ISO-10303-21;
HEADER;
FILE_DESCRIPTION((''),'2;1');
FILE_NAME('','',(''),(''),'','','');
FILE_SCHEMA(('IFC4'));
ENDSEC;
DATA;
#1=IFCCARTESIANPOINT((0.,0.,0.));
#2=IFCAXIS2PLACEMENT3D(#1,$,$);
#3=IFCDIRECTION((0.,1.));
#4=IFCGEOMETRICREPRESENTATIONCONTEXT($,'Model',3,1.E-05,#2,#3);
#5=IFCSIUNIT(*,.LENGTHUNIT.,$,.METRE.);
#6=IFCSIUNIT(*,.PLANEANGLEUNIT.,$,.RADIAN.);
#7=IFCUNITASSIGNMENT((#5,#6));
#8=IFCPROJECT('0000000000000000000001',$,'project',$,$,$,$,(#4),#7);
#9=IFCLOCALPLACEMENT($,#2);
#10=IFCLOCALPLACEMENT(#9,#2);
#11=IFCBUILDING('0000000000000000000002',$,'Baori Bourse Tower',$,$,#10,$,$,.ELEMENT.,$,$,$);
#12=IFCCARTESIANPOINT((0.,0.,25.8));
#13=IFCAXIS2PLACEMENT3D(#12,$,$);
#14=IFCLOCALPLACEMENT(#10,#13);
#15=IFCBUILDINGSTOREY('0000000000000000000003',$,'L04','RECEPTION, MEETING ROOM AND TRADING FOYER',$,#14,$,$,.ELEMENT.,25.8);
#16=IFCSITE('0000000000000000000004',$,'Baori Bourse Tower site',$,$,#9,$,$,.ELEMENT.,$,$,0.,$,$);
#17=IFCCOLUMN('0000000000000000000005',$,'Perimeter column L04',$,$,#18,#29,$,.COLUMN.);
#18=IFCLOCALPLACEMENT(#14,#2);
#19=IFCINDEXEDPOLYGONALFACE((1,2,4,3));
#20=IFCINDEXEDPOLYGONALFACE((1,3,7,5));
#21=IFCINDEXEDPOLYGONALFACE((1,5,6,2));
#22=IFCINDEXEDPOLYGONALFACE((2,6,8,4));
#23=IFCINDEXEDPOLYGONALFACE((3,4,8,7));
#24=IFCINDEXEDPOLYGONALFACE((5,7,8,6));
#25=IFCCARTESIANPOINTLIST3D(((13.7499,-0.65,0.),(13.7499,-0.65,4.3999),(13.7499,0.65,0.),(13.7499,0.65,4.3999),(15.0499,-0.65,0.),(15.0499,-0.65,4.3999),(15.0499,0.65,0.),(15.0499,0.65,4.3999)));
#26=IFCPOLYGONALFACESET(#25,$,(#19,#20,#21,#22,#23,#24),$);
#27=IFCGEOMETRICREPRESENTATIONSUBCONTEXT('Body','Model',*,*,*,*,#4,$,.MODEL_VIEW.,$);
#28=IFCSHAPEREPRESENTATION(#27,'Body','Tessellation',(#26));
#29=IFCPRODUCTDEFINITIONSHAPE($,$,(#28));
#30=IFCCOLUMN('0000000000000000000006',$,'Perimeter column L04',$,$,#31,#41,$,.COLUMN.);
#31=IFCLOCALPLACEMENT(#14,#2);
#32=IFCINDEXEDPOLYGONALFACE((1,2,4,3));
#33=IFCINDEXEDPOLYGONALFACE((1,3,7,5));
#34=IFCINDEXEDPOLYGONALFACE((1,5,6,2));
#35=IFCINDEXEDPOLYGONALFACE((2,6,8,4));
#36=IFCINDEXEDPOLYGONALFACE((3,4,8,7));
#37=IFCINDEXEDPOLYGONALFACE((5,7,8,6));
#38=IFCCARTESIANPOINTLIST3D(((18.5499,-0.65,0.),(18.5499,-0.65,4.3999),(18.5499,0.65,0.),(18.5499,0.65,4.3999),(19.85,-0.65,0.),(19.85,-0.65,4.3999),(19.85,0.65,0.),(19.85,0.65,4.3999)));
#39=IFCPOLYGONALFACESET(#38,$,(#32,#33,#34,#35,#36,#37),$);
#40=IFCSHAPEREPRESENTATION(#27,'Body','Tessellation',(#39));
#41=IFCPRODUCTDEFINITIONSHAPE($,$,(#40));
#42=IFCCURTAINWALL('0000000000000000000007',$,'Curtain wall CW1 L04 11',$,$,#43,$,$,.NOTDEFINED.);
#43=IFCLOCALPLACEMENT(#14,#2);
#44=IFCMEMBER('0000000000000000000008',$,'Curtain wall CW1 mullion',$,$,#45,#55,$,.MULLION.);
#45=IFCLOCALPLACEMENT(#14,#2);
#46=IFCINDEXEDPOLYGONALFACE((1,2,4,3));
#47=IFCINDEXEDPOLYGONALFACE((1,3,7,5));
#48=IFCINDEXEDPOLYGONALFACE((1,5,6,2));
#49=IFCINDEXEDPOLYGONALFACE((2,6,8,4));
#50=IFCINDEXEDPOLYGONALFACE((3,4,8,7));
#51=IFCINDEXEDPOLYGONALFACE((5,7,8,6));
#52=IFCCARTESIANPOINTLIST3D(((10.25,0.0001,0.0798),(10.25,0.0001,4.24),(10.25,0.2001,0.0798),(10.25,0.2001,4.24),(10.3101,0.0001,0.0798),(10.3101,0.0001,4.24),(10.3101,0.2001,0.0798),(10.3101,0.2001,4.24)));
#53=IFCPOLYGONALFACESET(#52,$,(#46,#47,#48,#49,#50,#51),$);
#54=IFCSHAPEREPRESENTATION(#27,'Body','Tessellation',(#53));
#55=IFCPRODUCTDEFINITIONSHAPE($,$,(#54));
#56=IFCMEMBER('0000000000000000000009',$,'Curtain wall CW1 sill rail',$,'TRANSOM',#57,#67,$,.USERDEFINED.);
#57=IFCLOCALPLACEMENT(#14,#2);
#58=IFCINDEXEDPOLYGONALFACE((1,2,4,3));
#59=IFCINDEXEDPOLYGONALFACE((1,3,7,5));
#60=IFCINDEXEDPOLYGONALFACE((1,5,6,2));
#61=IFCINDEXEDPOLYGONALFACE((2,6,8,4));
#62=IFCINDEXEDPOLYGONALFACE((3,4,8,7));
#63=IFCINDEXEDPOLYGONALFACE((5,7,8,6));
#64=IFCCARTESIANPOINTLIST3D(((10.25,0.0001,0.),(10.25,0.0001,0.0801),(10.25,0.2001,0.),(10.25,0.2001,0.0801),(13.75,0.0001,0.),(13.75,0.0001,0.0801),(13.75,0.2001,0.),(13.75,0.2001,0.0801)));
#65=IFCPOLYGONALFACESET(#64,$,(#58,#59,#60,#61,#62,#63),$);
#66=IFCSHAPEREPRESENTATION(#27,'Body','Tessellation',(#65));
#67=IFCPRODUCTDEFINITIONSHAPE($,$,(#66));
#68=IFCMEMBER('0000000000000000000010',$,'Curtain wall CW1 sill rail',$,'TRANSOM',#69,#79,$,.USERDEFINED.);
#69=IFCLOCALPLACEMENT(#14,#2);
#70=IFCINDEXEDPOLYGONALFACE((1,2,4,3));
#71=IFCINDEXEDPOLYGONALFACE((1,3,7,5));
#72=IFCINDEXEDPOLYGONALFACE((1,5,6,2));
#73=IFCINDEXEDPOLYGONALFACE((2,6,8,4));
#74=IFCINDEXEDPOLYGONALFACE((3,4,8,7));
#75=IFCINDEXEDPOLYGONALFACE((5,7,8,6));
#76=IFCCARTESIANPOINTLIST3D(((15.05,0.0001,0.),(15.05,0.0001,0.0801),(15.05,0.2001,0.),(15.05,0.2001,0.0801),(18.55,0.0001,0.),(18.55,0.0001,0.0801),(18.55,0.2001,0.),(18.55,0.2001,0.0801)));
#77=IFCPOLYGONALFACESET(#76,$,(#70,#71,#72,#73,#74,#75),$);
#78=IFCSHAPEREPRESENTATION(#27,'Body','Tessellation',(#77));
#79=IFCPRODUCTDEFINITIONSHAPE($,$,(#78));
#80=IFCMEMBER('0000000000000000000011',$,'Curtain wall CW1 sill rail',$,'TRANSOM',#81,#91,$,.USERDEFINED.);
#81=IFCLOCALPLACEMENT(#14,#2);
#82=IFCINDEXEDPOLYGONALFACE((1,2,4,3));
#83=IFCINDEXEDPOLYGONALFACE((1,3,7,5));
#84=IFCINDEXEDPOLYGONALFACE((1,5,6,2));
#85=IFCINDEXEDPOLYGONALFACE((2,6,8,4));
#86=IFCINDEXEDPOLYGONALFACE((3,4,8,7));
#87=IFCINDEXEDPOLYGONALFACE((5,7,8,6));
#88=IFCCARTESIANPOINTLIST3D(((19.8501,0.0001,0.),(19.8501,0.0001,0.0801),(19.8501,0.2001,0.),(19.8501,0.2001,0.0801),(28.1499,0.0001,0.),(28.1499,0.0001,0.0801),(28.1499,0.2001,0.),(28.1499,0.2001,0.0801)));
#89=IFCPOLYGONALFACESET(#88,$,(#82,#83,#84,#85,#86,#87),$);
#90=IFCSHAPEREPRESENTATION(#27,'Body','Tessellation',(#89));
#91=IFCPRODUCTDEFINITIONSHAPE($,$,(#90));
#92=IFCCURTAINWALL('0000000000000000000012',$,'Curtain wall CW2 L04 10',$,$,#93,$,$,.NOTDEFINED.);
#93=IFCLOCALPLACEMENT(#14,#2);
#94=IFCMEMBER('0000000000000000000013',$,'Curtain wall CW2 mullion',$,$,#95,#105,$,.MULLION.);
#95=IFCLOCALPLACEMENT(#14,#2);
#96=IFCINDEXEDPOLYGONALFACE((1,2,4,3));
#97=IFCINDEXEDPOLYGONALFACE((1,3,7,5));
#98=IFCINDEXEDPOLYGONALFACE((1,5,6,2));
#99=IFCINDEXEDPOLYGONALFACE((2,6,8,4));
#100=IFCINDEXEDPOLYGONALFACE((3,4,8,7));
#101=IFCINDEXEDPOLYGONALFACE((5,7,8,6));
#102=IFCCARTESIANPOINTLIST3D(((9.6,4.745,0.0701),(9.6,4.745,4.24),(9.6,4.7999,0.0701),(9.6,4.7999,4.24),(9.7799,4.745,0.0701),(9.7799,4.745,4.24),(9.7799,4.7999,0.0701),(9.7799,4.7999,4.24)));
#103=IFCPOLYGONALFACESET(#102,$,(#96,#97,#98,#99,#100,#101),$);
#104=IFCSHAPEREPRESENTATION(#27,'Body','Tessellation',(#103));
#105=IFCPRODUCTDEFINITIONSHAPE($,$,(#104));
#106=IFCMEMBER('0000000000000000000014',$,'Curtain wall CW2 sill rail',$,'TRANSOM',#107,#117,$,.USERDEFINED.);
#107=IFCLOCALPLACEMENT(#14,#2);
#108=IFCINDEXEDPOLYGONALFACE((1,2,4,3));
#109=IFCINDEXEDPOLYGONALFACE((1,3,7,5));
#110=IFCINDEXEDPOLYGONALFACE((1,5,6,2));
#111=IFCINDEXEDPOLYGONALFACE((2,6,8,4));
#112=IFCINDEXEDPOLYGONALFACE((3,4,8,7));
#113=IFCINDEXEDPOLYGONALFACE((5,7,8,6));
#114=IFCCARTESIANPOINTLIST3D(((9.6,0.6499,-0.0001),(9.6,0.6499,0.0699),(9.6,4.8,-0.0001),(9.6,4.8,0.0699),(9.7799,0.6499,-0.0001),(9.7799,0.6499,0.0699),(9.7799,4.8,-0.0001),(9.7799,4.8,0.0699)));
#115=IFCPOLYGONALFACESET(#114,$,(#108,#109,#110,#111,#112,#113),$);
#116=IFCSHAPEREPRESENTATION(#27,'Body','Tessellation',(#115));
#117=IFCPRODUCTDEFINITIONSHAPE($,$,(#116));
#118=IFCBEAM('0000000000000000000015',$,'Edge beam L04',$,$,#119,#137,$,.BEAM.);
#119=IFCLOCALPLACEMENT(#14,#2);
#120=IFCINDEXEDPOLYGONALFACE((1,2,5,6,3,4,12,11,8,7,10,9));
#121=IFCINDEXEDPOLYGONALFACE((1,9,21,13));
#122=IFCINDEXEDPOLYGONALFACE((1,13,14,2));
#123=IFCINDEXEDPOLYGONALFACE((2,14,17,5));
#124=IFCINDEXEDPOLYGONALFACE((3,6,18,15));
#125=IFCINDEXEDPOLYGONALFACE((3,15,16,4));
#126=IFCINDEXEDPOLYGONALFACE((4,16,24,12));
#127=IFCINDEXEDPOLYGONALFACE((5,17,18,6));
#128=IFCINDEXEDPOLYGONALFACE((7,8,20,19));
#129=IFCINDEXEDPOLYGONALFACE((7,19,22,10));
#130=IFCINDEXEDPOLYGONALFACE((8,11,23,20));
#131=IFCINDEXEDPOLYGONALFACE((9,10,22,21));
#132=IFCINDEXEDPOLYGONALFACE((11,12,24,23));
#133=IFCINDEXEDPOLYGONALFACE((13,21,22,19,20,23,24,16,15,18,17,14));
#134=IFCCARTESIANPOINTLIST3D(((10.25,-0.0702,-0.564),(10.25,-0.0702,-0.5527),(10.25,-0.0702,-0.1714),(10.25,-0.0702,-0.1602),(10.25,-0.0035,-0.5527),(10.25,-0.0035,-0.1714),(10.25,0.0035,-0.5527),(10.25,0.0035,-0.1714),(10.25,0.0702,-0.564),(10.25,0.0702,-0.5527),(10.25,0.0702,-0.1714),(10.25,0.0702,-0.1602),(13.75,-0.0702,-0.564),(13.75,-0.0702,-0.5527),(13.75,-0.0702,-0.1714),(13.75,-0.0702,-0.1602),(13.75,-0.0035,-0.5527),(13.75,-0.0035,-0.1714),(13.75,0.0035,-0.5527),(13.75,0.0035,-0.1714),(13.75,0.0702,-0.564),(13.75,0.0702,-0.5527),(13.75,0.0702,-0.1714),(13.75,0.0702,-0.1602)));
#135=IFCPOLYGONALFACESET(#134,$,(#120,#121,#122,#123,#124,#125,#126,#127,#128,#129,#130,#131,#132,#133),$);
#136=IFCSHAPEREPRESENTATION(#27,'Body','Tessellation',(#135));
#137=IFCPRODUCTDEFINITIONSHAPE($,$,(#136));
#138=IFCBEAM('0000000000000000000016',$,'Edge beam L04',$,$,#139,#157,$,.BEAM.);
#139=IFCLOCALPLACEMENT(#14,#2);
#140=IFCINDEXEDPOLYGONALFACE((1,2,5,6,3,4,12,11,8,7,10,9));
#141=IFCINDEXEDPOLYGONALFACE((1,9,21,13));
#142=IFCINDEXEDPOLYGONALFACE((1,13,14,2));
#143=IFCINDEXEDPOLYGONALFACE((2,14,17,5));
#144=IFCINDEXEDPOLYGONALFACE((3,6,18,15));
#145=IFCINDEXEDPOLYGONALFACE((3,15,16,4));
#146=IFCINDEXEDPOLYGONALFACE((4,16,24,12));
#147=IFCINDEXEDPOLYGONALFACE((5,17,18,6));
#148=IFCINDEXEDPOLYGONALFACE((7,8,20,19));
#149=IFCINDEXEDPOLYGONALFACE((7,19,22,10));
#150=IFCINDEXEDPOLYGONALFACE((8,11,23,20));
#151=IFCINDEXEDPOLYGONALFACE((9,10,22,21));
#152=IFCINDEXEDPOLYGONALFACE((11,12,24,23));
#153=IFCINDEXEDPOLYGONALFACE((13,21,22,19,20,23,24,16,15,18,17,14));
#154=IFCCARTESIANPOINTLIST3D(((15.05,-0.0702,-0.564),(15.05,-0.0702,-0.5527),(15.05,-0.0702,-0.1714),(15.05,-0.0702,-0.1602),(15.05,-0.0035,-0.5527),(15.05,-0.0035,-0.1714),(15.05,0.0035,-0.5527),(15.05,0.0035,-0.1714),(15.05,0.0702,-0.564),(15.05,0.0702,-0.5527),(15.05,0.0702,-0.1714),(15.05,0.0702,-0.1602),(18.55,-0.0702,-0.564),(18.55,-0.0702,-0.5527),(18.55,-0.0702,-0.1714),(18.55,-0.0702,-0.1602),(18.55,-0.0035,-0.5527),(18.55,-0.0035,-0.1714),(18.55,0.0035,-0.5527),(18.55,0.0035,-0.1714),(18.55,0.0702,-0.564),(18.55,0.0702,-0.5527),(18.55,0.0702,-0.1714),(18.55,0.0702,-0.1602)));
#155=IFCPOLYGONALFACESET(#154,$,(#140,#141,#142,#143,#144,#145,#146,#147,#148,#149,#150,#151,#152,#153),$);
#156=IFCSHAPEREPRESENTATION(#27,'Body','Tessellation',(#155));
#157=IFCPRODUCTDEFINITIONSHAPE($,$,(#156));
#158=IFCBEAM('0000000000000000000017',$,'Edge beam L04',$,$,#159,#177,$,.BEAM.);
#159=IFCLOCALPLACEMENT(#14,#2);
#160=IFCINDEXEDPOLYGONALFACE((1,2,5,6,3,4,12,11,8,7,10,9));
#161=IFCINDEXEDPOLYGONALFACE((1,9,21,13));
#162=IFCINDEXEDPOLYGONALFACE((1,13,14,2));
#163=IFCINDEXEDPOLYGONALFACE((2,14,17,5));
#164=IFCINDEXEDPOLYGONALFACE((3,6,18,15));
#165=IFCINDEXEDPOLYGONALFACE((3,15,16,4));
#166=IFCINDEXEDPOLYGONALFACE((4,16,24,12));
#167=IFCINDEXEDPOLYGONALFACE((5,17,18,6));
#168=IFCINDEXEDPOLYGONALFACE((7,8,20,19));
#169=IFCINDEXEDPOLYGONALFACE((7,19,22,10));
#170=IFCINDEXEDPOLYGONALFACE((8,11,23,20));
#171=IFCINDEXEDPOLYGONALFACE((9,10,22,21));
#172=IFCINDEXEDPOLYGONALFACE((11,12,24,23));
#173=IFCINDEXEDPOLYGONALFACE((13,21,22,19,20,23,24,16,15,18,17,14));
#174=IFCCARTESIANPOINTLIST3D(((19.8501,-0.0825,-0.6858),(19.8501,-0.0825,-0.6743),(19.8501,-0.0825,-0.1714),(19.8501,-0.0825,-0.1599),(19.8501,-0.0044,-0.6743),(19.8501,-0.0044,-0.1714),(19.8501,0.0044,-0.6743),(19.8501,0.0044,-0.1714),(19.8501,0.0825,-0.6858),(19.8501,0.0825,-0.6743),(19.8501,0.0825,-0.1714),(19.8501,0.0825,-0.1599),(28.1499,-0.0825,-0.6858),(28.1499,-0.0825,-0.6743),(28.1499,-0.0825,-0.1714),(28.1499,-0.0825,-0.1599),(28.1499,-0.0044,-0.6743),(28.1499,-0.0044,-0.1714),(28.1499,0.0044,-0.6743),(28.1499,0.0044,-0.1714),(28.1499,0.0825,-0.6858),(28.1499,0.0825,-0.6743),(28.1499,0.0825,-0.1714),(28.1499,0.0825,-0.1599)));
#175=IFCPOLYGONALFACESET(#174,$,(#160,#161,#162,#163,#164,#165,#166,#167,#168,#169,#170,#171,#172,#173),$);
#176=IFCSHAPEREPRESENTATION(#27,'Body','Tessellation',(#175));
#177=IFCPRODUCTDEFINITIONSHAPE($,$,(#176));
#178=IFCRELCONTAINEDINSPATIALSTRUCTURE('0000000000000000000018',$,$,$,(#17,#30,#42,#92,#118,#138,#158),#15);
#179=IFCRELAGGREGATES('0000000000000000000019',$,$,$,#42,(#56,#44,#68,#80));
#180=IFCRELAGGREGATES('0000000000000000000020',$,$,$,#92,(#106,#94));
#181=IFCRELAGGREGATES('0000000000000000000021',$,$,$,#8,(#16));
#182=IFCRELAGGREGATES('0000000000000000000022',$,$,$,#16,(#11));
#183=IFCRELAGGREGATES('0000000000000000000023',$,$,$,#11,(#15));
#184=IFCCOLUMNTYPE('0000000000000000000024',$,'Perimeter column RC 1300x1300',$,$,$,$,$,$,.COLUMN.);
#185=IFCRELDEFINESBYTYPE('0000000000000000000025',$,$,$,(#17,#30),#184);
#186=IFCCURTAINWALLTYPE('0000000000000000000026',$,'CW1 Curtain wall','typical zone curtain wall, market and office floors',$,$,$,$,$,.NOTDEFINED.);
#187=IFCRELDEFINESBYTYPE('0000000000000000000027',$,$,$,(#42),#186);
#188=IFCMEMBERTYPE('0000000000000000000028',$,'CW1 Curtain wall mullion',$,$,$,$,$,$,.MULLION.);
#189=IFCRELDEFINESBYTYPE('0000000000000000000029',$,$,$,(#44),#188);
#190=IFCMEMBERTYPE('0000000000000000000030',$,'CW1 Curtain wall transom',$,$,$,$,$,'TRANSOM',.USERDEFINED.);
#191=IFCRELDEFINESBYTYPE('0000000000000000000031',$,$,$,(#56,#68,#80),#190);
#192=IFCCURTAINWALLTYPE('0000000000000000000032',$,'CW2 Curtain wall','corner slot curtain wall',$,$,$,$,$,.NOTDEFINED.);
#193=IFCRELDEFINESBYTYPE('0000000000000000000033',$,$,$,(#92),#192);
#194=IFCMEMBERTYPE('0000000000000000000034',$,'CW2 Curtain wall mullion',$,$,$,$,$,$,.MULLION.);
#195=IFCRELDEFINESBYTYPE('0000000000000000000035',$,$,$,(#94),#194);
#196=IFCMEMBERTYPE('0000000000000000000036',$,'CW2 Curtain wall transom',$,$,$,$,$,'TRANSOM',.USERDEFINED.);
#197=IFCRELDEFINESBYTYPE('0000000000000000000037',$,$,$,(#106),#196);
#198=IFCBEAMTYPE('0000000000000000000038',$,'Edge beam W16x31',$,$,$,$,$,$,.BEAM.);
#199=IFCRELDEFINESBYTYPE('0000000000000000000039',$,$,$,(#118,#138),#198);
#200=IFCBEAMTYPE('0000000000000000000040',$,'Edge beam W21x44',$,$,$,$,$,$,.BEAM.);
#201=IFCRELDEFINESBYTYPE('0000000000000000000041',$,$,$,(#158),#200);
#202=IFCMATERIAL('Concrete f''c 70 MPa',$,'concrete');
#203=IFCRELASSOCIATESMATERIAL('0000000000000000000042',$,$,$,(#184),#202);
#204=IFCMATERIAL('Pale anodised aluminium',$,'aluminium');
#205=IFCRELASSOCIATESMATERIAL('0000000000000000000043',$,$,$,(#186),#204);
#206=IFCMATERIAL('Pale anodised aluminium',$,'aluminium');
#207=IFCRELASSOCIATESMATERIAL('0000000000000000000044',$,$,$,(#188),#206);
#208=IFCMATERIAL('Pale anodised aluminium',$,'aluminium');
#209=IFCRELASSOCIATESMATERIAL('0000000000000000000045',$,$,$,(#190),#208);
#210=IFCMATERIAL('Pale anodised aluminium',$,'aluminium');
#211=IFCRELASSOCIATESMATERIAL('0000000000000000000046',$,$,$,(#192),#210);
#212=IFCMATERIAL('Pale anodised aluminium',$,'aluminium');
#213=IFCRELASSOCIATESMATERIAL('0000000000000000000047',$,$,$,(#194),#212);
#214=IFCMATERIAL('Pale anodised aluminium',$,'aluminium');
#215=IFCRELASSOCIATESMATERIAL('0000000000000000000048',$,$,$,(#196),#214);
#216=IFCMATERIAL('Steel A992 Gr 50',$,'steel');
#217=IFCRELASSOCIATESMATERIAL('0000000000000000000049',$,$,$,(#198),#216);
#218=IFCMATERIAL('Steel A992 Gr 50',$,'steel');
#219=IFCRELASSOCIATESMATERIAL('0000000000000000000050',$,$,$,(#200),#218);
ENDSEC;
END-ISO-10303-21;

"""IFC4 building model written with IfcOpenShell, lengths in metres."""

from ifc_helpers import new_model, si_unit, direction, frame, origin, origin_2d, place, context, subcontext, project, spatial, rectangle, i_section, extrude, material, material_profile, profile_set, type_object, element, aggregate, save


model = new_model("IFC4")

# Units and contexts
model_context = context("Model", 3, precision=1e-05, world=origin(), true_north=direction((0.0, 1.0)))
body_context = subcontext(model_context, "Body", "Model", "MODEL_VIEW")
ifc_project = project(units=[si_unit("LENGTHUNIT", "METRE"), si_unit("PLANEANGLEUNIT", "RADIAN")], contexts=[model_context])

# Site, building, storey
site_placement = place(None, origin())
site = spatial("IfcSite", under=ifc_project, at=site_placement, Name="Baori Bourse Tower site", CompositionType="ELEMENT", RefElevation=0.0)
building_placement = place(site_placement, origin())
building = spatial("IfcBuilding", under=site, at=building_placement, Name="Baori Bourse Tower", CompositionType="ELEMENT")
storey_placement = place(building_placement, frame((0.0, 0.0, 25.8)))
storey = spatial("IfcBuildingStorey", under=building, at=storey_placement, Name="L04", Description="RECEPTION, MEETING ROOM AND TRADING FOYER", CompositionType="ELEMENT", Elevation=25.8)

# Columns
ifc_material_1 = material(Name="Concrete f'c 70 MPa", Category="concrete")
ifc_material_profile_1 = material_profile(ifc_material_1, rectangle(XDim=1.3, YDim=1.3, at=origin_2d()), Name="RC 1300x1300")
ifc_profile_set_1 = profile_set([ifc_material_profile_1], Name="Concrete f'c 70 MPa")
column_type = type_object("IfcColumnType", Name="Perimeter column RC 1300x1300", PredefinedType="COLUMN", material=ifc_profile_set_1)
for number, where, z_axis, x_axis, name in (
    (1, (14.3999, 0.0, 0.0), (0.0, 0.0, 1.0), (1.0, 0.0, 0.0), "Perimeter column L04"),
    (2, (19.2, 0.0, 0.0), (0.0, 0.0, 1.0), (1.0, 0.0, 0.0), "Perimeter column L04"),
):
    element("IfcColumn", number, at=place(storey_placement, frame(where, z_axis=z_axis, x_axis=x_axis)), inside=storey, type_object=column_type, Name=name, PredefinedType="COLUMN", context=body_context, shape_type="SweptSolid", body=[
        extrude(rectangle(XDim=1.3, YDim=1.3, at=origin_2d()), origin(), (0.0, 0.0, 1.0), 4.3999),
    ])

# Curtain walls, members
ifc_material_2 = material(Name="Pale anodised aluminium", Category="aluminium")
curtain_wall_type_1 = type_object("IfcCurtainWallType", Name="CW1 Curtain wall", Description="typical zone curtain wall, market and office floors", PredefinedType="NOTDEFINED", material=ifc_material_2)
curtain_wall_1_placement = place(storey_placement, origin())
curtain_wall_1 = element("IfcCurtainWall", 3, at=curtain_wall_1_placement, inside=storey, type_object=curtain_wall_type_1, Name="Curtain wall CW1 L04 11", PredefinedType="NOTDEFINED")
ifc_material_3 = material(Name="Pale anodised aluminium", Category="aluminium")
ifc_material_profile_2 = material_profile(ifc_material_3, rectangle(XDim=0.2, YDim=0.0601, at=origin_2d()), Name="Mullion 60x200")
ifc_profile_set_2 = profile_set([ifc_material_profile_2], Name="Pale anodised aluminium")
member_type_1 = type_object("IfcMemberType", Name="CW1 Curtain wall mullion", PredefinedType="MULLION", material=ifc_profile_set_2)
member_1_placement = place(storey_placement, frame((10.28, 0.1001, 0.0798), z_axis=(0.0, 0.0, 1.0), x_axis=(0.0, 1.0, 0.0)))
member_1 = element("IfcMember", 4, at=member_1_placement, type_object=member_type_1, Name="Curtain wall CW1 mullion", PredefinedType="MULLION", context=body_context, shape_type="SweptSolid", body=[
    extrude(rectangle(XDim=0.2, YDim=0.0601, at=origin_2d()), origin(), (0.0, 0.0, 1.0), 4.1602),
])
ifc_material_4 = material(Name="Pale anodised aluminium", Category="aluminium")
ifc_material_profile_3 = material_profile(ifc_material_4, rectangle(XDim=0.2, YDim=0.0801, at=origin_2d()), Name="Transom 80x200")
ifc_profile_set_3 = profile_set([ifc_material_profile_3], Name="Pale anodised aluminium")
member_type_2 = type_object("IfcMemberType", Name="CW1 Curtain wall transom", ElementType="TRANSOM", PredefinedType="USERDEFINED", material=ifc_profile_set_3)
member_2_placement = place(storey_placement, frame((10.25, 0.1001, 0.04), z_axis=(1.0, 0.0, 0.0), x_axis=(0.0, 1.0, 0.0)))
member_2 = element("IfcMember", 5, at=member_2_placement, type_object=member_type_2, Name="Curtain wall CW1 sill rail", ObjectType="TRANSOM", PredefinedType="USERDEFINED", context=body_context, shape_type="SweptSolid", body=[
    extrude(rectangle(XDim=0.2, YDim=0.0801, at=origin_2d()), origin(), (0.0, 0.0, 1.0), 3.5),
])
member_3_placement = place(storey_placement, frame((15.05, 0.1001, 0.04), z_axis=(1.0, 0.0, 0.0), x_axis=(0.0, 1.0, 0.0)))
member_3 = element("IfcMember", 6, at=member_3_placement, type_object=member_type_2, Name="Curtain wall CW1 sill rail", ObjectType="TRANSOM", PredefinedType="USERDEFINED", context=body_context, shape_type="SweptSolid", body=[
    extrude(rectangle(XDim=0.2, YDim=0.0801, at=origin_2d()), origin(), (0.0, 0.0, 1.0), 3.5),
])
member_4_placement = place(storey_placement, frame((19.8501, 0.1001, 0.04), z_axis=(1.0, 0.0, 0.0), x_axis=(0.0, 1.0, 0.0)))
member_4 = element("IfcMember", 7, at=member_4_placement, type_object=member_type_2, Name="Curtain wall CW1 sill rail", ObjectType="TRANSOM", PredefinedType="USERDEFINED", context=body_context, shape_type="SweptSolid", body=[
    extrude(rectangle(XDim=0.2, YDim=0.0801, at=origin_2d()), origin(), (0.0, 0.0, 1.0), 8.2998),
])
ifc_material_5 = material(Name="Pale anodised aluminium", Category="aluminium")
curtain_wall_type_2 = type_object("IfcCurtainWallType", Name="CW2 Curtain wall", Description="corner slot curtain wall", PredefinedType="NOTDEFINED", material=ifc_material_5)
curtain_wall_2_placement = place(storey_placement, origin())
curtain_wall_2 = element("IfcCurtainWall", 8, at=curtain_wall_2_placement, inside=storey, type_object=curtain_wall_type_2, Name="Curtain wall CW2 L04 10", PredefinedType="NOTDEFINED")
ifc_material_6 = material(Name="Pale anodised aluminium", Category="aluminium")
ifc_material_profile_4 = material_profile(ifc_material_6, rectangle(XDim=0.1799, YDim=0.0549, at=origin_2d()), Name="Mullion 55x180")
ifc_profile_set_4 = profile_set([ifc_material_profile_4], Name="Pale anodised aluminium")
member_type_3 = type_object("IfcMemberType", Name="CW2 Curtain wall mullion", PredefinedType="MULLION", material=ifc_profile_set_4)
member_5_placement = place(storey_placement, frame((9.6899, 4.7725, 0.0701), z_axis=(0.0, 0.0, 1.0), x_axis=(1.0, 0.0, 0.0)))
member_5 = element("IfcMember", 9, at=member_5_placement, type_object=member_type_3, Name="Curtain wall CW2 mullion", PredefinedType="MULLION", context=body_context, shape_type="SweptSolid", body=[
    extrude(rectangle(XDim=0.1799, YDim=0.0549, at=origin_2d()), origin(), (0.0, 0.0, 1.0), 4.1699),
])
ifc_material_7 = material(Name="Pale anodised aluminium", Category="aluminium")
ifc_material_profile_5 = material_profile(ifc_material_7, rectangle(XDim=0.1799, YDim=0.0701, at=origin_2d()), Name="Transom 70x180")
ifc_profile_set_5 = profile_set([ifc_material_profile_5], Name="Pale anodised aluminium")
member_type_4 = type_object("IfcMemberType", Name="CW2 Curtain wall transom", ElementType="TRANSOM", PredefinedType="USERDEFINED", material=ifc_profile_set_5)
member_6_placement = place(storey_placement, frame((9.6899, 4.8, 0.0349), z_axis=(0.0, -1.0, 0.0), x_axis=(1.0, 0.0, 0.0)))
member_6 = element("IfcMember", 10, at=member_6_placement, type_object=member_type_4, Name="Curtain wall CW2 sill rail", ObjectType="TRANSOM", PredefinedType="USERDEFINED", context=body_context, shape_type="SweptSolid", body=[
    extrude(rectangle(XDim=0.1799, YDim=0.0701, at=origin_2d()), origin(), (0.0, 0.0, 1.0), 4.1501),
])

# Beams
ifc_material_8 = material(Name="Steel A992 Gr 50", Category="steel")
ifc_material_profile_6 = material_profile(ifc_material_8, i_section(OverallWidth=0.1404, OverallDepth=0.4038, WebThickness=0.0071, FlangeThickness=0.0112, at=origin_2d()), Name="W16x31")
ifc_profile_set_6 = profile_set([ifc_material_profile_6], Name="Steel A992 Gr 50")
beam_type_1 = type_object("IfcBeamType", Name="Edge beam W16x31", PredefinedType="BEAM", material=ifc_profile_set_6)
for number, where, z_axis, x_axis, name in (
    (11, (10.25, 0.0, -0.3621), (1.0, 0.0, 0.0), (0.0, 1.0, 0.0), "Edge beam L04"),
    (12, (15.05, 0.0, -0.3621), (1.0, 0.0, 0.0), (0.0, 1.0, 0.0), "Edge beam L04"),
):
    element("IfcBeam", number, at=place(storey_placement, frame(where, z_axis=z_axis, x_axis=x_axis)), inside=storey, type_object=beam_type_1, Name=name, PredefinedType="BEAM", context=body_context, shape_type="SweptSolid", body=[
        extrude(i_section(OverallWidth=0.1404, OverallDepth=0.4038, WebThickness=0.0071, FlangeThickness=0.0112, at=origin_2d()), origin(), (0.0, 0.0, 1.0), 3.5),
    ])
ifc_material_9 = material(Name="Steel A992 Gr 50", Category="steel")
ifc_material_profile_7 = material_profile(ifc_material_9, i_section(OverallWidth=0.165, OverallDepth=0.5259, WebThickness=0.0088, FlangeThickness=0.0115, at=origin_2d()), Name="W21x44")
ifc_profile_set_7 = profile_set([ifc_material_profile_7], Name="Steel A992 Gr 50")
beam_type_2 = type_object("IfcBeamType", Name="Edge beam W21x44", PredefinedType="BEAM", material=ifc_profile_set_7)
beam_1_placement = place(storey_placement, frame((19.8501, 0.0, -0.4229), z_axis=(1.0, 0.0, 0.0), x_axis=(0.0, 1.0, 0.0)))
element("IfcBeam", 13, at=beam_1_placement, inside=storey, type_object=beam_type_2, Name="Edge beam L04", PredefinedType="BEAM", context=body_context, shape_type="SweptSolid", body=[
    extrude(i_section(OverallWidth=0.165, OverallDepth=0.5259, WebThickness=0.0088, FlangeThickness=0.0115, at=origin_2d()), origin(), (0.0, 0.0, 1.0), 8.2998),
])

aggregate(curtain_wall_1, [member_2, member_1, member_3, member_4])
aggregate(curtain_wall_2, [member_6, member_5])

save(model, "model.ifc")
